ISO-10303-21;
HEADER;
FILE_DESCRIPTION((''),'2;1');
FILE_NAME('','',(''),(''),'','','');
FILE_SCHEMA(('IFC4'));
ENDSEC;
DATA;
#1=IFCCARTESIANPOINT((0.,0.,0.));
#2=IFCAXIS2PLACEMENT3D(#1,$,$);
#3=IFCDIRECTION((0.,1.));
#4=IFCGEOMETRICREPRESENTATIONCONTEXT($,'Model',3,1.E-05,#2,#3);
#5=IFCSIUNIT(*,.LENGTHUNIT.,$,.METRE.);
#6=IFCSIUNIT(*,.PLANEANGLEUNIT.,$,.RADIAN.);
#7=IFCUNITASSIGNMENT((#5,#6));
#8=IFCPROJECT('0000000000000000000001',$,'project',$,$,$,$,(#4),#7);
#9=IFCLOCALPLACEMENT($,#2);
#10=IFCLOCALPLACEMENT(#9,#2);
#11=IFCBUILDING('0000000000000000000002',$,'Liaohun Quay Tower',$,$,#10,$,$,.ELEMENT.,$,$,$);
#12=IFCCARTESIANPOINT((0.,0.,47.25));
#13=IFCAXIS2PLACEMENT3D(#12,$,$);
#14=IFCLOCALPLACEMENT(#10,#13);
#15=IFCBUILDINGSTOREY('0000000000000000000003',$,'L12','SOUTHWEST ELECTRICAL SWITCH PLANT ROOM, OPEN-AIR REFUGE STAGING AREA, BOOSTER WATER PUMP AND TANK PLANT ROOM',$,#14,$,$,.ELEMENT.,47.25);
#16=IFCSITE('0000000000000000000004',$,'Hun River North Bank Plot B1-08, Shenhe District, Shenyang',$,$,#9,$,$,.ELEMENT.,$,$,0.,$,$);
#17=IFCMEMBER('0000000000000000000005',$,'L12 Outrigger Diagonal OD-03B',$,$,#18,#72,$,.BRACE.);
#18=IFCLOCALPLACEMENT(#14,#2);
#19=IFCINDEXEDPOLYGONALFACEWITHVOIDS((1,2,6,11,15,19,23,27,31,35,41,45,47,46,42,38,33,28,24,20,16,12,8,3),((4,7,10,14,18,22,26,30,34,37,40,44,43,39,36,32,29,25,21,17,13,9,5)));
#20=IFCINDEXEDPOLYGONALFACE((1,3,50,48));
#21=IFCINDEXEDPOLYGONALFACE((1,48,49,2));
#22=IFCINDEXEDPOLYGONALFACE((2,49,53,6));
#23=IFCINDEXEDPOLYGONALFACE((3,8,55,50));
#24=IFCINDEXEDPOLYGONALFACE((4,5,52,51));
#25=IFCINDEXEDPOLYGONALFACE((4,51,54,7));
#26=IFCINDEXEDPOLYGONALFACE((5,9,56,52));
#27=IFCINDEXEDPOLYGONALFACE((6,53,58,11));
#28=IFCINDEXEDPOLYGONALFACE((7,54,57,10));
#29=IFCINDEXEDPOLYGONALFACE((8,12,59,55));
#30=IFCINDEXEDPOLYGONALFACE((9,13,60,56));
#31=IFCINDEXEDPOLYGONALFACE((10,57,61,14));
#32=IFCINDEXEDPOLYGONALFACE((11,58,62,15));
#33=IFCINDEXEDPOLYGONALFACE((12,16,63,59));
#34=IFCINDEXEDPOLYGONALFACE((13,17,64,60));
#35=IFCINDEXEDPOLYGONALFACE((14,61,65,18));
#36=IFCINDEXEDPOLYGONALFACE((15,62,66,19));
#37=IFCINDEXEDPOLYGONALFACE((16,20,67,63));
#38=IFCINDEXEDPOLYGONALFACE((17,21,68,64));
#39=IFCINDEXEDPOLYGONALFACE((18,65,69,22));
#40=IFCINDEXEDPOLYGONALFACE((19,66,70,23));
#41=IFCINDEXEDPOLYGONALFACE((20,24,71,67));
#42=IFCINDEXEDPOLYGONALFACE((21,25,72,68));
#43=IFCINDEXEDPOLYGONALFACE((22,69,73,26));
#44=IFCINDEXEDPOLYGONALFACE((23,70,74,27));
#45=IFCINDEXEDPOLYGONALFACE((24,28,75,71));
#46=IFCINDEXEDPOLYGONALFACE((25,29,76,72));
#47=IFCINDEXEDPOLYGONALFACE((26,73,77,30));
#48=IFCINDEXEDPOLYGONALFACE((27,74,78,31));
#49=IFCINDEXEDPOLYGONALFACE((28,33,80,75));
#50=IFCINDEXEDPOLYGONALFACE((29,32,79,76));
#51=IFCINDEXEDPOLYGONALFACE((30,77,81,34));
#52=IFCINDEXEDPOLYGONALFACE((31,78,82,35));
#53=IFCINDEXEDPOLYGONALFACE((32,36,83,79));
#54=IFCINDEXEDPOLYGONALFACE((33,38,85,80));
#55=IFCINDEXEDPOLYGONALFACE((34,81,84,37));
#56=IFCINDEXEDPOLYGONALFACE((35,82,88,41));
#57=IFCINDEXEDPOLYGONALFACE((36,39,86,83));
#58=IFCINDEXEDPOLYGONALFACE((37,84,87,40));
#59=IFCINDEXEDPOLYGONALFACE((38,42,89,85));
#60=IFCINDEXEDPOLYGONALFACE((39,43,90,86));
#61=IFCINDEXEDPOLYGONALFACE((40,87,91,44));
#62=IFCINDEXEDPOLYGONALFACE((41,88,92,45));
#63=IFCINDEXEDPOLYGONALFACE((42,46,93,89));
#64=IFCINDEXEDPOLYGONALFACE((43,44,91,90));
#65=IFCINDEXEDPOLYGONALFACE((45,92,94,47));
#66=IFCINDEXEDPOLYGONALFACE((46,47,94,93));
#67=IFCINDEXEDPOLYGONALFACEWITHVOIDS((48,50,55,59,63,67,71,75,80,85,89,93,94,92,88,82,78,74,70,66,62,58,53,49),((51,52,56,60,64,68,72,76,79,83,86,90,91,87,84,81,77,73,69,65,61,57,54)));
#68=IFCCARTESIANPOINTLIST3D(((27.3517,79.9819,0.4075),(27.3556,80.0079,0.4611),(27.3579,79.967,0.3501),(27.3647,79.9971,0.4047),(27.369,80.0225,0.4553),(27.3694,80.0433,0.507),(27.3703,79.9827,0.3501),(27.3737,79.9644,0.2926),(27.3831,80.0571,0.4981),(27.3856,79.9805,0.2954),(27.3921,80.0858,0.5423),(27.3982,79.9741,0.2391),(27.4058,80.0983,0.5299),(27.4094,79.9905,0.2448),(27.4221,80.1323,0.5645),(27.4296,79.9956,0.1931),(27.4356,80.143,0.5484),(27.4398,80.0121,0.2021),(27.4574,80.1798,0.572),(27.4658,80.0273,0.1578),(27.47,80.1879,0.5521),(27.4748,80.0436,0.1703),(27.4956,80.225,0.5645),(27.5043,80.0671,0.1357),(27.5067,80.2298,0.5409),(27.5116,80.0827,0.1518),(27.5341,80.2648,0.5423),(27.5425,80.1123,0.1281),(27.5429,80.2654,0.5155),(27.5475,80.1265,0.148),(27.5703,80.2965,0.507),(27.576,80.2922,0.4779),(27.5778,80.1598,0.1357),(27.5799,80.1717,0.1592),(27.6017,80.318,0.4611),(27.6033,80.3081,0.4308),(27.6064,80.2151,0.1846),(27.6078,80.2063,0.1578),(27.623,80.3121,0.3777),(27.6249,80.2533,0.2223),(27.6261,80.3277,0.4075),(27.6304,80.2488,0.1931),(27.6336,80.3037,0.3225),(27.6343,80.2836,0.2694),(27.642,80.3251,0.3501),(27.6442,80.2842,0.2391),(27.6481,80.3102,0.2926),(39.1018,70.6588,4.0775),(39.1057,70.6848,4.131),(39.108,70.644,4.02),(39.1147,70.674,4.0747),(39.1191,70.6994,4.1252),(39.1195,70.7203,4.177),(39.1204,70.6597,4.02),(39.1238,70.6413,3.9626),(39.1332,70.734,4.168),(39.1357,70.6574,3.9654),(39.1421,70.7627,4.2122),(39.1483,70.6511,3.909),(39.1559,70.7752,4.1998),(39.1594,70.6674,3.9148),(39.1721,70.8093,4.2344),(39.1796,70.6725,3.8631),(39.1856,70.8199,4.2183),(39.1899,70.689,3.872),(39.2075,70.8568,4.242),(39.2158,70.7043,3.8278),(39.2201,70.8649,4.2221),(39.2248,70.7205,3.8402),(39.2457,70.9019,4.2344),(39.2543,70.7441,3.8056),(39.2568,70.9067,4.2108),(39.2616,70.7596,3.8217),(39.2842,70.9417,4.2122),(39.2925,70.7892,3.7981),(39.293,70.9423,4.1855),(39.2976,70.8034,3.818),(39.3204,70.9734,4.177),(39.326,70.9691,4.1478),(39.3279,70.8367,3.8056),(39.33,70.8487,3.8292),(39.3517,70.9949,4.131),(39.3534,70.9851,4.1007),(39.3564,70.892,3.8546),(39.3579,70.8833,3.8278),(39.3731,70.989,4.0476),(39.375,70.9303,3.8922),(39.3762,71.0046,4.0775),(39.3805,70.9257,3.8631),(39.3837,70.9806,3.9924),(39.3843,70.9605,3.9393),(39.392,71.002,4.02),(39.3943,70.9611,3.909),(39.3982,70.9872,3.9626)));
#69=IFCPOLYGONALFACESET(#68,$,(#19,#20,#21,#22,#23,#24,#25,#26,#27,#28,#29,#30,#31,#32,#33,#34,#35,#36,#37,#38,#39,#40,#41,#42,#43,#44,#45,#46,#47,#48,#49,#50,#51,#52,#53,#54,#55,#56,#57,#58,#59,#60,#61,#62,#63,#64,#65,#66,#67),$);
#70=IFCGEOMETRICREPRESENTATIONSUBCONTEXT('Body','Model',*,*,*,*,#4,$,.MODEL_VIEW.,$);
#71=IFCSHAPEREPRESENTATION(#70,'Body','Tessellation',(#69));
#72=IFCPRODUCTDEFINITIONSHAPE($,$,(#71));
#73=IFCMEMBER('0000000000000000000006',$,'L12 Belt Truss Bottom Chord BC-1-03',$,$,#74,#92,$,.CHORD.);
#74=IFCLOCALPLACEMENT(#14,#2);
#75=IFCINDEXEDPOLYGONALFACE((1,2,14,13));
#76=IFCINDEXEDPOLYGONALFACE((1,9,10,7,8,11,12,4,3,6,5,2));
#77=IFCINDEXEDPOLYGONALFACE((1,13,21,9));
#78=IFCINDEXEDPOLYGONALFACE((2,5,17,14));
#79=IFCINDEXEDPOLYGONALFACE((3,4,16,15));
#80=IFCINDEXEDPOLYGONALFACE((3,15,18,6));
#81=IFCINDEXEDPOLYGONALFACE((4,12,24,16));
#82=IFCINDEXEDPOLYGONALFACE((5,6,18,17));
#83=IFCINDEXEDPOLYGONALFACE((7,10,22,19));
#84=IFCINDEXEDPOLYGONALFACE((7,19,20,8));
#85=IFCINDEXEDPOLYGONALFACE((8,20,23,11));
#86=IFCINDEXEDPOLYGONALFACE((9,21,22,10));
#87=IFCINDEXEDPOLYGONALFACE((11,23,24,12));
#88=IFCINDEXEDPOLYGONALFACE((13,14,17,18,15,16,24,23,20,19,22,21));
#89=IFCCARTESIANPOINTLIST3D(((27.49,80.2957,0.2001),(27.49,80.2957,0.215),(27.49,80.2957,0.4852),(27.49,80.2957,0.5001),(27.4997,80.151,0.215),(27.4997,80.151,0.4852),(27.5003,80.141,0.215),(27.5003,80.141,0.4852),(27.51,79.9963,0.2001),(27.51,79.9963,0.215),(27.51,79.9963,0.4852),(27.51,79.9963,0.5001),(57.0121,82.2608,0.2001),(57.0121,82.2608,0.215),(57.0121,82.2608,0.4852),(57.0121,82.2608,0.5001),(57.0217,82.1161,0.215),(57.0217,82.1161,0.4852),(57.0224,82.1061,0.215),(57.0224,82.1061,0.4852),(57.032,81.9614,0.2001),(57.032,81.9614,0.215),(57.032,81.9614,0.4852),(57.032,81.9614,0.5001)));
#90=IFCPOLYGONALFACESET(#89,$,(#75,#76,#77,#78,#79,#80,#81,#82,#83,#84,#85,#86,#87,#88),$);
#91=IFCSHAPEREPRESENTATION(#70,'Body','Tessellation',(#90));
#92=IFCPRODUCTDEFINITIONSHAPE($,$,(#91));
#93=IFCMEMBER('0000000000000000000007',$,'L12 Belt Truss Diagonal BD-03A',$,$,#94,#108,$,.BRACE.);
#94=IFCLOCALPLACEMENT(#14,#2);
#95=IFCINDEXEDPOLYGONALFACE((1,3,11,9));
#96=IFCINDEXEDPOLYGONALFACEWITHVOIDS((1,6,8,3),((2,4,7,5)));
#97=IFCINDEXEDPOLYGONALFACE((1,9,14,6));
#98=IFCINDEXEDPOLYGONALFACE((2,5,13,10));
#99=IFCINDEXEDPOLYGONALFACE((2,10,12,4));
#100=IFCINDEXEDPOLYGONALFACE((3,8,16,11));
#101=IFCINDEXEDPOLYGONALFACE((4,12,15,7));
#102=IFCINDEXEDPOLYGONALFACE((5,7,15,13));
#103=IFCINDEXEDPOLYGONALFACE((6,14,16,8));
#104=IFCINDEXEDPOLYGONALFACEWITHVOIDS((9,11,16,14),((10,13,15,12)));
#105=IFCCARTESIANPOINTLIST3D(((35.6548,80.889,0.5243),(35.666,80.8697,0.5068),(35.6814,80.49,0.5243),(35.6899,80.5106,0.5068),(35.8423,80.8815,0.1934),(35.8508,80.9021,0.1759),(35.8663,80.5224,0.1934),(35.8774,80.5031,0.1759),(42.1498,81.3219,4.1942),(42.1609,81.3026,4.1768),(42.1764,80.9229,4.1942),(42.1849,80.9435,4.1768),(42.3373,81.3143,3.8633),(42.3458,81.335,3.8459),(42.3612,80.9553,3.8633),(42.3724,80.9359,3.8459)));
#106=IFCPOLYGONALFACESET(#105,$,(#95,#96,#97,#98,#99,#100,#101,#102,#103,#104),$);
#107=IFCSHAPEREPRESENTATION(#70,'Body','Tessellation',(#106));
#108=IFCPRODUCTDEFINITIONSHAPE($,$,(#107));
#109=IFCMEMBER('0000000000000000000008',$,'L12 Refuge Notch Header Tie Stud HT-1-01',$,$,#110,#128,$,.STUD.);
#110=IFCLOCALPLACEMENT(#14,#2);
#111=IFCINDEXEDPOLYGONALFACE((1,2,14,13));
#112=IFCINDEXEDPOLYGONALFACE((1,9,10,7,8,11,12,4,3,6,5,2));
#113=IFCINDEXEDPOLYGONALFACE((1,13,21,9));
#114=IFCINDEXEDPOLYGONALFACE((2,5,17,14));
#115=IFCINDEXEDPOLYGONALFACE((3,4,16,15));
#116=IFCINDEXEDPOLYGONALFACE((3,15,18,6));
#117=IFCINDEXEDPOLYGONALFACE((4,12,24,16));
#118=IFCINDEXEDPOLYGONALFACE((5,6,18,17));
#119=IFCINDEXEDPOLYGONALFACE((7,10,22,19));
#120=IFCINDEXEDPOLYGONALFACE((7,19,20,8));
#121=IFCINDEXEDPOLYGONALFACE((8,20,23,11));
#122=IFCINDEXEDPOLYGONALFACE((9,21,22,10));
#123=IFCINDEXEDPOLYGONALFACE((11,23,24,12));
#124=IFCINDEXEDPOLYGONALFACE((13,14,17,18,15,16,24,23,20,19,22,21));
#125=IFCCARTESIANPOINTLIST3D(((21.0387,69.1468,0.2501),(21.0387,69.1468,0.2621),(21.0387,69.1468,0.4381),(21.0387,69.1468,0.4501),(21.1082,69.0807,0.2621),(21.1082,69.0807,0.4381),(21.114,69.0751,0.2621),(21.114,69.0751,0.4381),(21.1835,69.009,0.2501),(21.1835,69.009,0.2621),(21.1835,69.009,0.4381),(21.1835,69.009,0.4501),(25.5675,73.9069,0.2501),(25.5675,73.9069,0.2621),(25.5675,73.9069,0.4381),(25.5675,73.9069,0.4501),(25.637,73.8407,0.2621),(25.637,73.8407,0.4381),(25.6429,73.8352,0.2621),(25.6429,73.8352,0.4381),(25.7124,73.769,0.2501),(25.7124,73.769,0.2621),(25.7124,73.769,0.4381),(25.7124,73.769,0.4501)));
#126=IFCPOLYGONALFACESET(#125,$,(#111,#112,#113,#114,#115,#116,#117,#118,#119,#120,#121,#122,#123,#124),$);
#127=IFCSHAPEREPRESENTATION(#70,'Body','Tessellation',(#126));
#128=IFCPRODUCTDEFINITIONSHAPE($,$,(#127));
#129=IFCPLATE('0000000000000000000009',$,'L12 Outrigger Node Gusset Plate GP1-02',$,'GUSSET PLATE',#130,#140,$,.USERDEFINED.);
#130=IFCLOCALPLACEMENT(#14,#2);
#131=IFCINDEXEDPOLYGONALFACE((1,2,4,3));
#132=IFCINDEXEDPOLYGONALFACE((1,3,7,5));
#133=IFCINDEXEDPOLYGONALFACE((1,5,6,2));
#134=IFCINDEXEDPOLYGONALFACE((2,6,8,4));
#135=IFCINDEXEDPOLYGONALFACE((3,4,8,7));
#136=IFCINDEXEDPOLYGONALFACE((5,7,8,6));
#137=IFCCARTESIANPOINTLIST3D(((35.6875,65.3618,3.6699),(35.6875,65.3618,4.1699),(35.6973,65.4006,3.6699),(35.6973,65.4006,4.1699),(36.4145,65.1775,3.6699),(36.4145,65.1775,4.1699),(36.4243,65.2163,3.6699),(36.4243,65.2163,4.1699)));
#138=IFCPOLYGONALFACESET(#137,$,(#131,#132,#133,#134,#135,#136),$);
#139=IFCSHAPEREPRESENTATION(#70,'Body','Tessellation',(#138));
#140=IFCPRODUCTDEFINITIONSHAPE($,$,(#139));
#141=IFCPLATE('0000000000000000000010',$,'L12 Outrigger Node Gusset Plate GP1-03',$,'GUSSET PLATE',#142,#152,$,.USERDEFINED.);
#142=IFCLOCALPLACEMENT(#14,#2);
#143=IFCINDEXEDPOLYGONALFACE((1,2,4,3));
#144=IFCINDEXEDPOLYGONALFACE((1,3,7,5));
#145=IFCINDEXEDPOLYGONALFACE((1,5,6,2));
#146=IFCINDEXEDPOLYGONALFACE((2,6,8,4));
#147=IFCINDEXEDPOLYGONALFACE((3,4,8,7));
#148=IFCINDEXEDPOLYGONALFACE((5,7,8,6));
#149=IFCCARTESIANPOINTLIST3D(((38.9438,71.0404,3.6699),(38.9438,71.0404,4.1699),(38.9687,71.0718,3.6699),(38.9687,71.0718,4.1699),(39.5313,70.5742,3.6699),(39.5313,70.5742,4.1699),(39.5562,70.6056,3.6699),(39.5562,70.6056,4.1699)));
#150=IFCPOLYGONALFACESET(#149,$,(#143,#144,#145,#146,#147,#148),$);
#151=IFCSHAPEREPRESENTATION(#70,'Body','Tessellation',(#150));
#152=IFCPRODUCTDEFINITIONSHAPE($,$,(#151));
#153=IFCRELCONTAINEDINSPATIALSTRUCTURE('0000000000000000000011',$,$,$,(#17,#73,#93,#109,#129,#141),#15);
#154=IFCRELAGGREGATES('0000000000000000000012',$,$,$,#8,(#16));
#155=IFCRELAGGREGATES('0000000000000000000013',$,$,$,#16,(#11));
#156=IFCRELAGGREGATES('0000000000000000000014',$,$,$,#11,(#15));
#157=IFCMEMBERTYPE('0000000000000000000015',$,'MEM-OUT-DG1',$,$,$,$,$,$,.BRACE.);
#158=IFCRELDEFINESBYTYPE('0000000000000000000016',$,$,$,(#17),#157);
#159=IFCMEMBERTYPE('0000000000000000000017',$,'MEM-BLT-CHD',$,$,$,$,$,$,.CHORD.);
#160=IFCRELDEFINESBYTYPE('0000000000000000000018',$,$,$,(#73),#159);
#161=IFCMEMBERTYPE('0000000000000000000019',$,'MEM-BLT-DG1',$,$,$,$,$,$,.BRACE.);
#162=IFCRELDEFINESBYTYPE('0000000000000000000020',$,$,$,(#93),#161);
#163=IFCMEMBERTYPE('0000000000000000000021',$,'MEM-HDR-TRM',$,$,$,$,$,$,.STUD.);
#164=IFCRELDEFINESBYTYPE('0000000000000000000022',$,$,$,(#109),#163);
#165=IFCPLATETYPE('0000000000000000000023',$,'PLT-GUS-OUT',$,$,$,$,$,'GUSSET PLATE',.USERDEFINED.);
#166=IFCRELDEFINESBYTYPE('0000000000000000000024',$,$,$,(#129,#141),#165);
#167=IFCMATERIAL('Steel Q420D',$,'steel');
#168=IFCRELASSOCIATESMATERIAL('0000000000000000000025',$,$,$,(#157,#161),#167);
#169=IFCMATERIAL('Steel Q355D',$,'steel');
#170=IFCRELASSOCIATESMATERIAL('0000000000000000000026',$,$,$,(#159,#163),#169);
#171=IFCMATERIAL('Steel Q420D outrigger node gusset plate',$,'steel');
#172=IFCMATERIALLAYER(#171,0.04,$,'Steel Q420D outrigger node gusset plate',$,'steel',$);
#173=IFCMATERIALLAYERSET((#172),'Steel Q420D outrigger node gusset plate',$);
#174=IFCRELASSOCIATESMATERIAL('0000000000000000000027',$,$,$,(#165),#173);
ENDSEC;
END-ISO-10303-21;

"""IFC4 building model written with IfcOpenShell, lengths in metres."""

from ifc_helpers import new_model, si_unit, direction, frame, origin, origin_2d, place, context, subcontext, project, spatial, rectangle, hollow_rectangle, hollow_circle, i_section, extrude, source, transform, mapped, material, layer, layer_set, material_profile, profile_set, type_object, element, save


model = new_model("IFC4")

# Units and contexts
model_context = context("Model", 3, precision=1e-05, world=origin(), true_north=direction((0.0, 1.0)))
body_context = subcontext(model_context, "Body", "Model", "MODEL_VIEW")
ifc_project = project(units=[si_unit("LENGTHUNIT", "METRE"), si_unit("PLANEANGLEUNIT", "RADIAN")], contexts=[model_context])

# Site, building, storey
site_placement = place(None, origin())
site = spatial("IfcSite", under=ifc_project, at=site_placement, Name="Hun River North Bank Plot B1-08, Shenhe District, Shenyang", CompositionType="ELEMENT", RefElevation=0.0)
building_placement = place(site_placement, origin())
building = spatial("IfcBuilding", under=site, at=building_placement, Name="Liaohun Quay Tower", CompositionType="ELEMENT")
storey_placement = place(building_placement, frame((0.0, 0.0, 47.25)))
storey = spatial("IfcBuildingStorey", under=building, at=storey_placement, Name="L12", Description="SOUTHWEST ELECTRICAL SWITCH PLANT ROOM, OPEN-AIR REFUGE STAGING AREA, BOOSTER WATER PUMP AND TANK PLANT ROOM", CompositionType="ELEMENT", Elevation=47.25)

# Shared definitions
ifc_material_1 = material(Name="Steel Q355D", Category="steel")

# Members
ifc_material_2 = material(Name="Steel Q420D", Category="steel")
ifc_material_profile_1 = material_profile(ifc_material_2, hollow_circle(Radius=0.2285, WallThickness=0.02, at=origin_2d()), Name="CHS457x20")
ifc_profile_set_1 = profile_set([ifc_material_profile_1], Name="Steel Q420D")
member_type_1 = type_object("IfcMemberType", Name="MEM-OUT-DG1", PredefinedType="BRACE", material=ifc_profile_set_1)
shared_shape_1 = source(origin(), body_context, "Body", "SweptSolid", [
    extrude(hollow_circle(Radius=0.2285, WallThickness=0.02, at=origin_2d()), origin(), (0.0, 0.0, 1.0), 15.4419),
])
member_1_placement = place(storey_placement, frame((39.25, 70.823, 4.02), z_axis=(-0.760922, 0.603751, -0.237662), x_axis=(-0.62156, -0.783367, 0.0)))
element("IfcMember", 1, at=member_1_placement, inside=storey, type_object=member_type_1, Name="L12 Outrigger Diagonal OD-03B", PredefinedType="BRACE", context=body_context, shape_type="MappedRepresentation", body=[
    mapped(shared_shape_1, transform((0.0, 0.0, 0.0), x_axis=(1.0, 0.0, 0.0), y_axis=(0.0, 1.0, 0.0), z_axis=(0.0, 0.0, 1.0), scale=1.0)),
])
ifc_material_profile_2 = material_profile(ifc_material_1, i_section(OverallWidth=0.3, OverallDepth=0.3, WebThickness=0.01, FlangeThickness=0.0149, at=origin_2d()), Name="HW300x300x10x15")
ifc_profile_set_2 = profile_set([ifc_material_profile_2], Name="Steel Q355D")
member_type_2 = type_object("IfcMemberType", Name="MEM-BLT-CHD", PredefinedType="CHORD", material=ifc_profile_set_2)
shared_shape_2 = source(origin(), body_context, "Body", "SweptSolid", [
    extrude(i_section(OverallWidth=0.3, OverallDepth=0.3, WebThickness=0.01, FlangeThickness=0.0149, at=origin_2d()), origin(), (0.0, 0.0, 1.0), 29.5874),
])
member_2_placement = place(storey_placement, frame((27.5, 80.146, 0.3501), z_axis=(0.997792, 0.066417, 0.0), x_axis=(-0.066417, 0.997792, 0.0)))
element("IfcMember", 2, at=member_2_placement, inside=storey, type_object=member_type_2, Name="L12 Belt Truss Bottom Chord BC-1-03", PredefinedType="CHORD", context=body_context, shape_type="MappedRepresentation", body=[
    mapped(shared_shape_2, transform((0.0, 0.0, 0.0), x_axis=(1.0, 0.0, 0.0), y_axis=(0.0, 1.0, 0.0), z_axis=(0.0, 0.0, 1.0), scale=1.0)),
])
ifc_material_profile_3 = material_profile(ifc_material_2, hollow_rectangle(XDim=0.3999, YDim=0.3999, WallThickness=0.02, at=origin_2d()), Name="SHS400x400x20")
ifc_profile_set_3 = profile_set([ifc_material_profile_3], Name="Steel Q420D")
member_type_3 = type_object("IfcMemberType", Name="MEM-BLT-DG1", PredefinedType="BRACE", material=ifc_profile_set_3)
shared_shape_3 = source(origin(), body_context, "Body", "SweptSolid", [
    extrude(hollow_rectangle(XDim=0.3999, YDim=0.3999, WallThickness=0.02, at=origin_2d()), origin(), (0.0, 0.0, 1.0), 7.4727),
])
member_3_placement = place(storey_placement, frame((35.7661, 80.696, 0.3501), z_axis=(0.869164, 0.057927, 0.49112), x_axis=(-0.066499, 0.997786, 0.0)))
element("IfcMember", 3, at=member_3_placement, inside=storey, type_object=member_type_3, Name="L12 Belt Truss Diagonal BD-03A", PredefinedType="BRACE", context=body_context, shape_type="MappedRepresentation", body=[
    mapped(shared_shape_3, transform((0.0, 0.0, 0.0), x_axis=(1.0, 0.0, 0.0), y_axis=(0.0, 1.0, 0.0), z_axis=(0.0, 0.0, 1.0), scale=1.0)),
])
ifc_material_profile_4 = material_profile(ifc_material_1, i_section(OverallWidth=0.2, OverallDepth=0.2, WebThickness=0.0081, FlangeThickness=0.012, at=origin_2d()), Name="HW200x200x8x12")
ifc_profile_set_4 = profile_set([ifc_material_profile_4], Name="Steel Q355D")
member_type_4 = type_object("IfcMemberType", Name="MEM-HDR-TRM", PredefinedType="STUD", material=ifc_profile_set_4)
shared_shape_4 = source(origin(), body_context, "Body", "SweptSolid", [
    extrude(i_section(OverallWidth=0.2, OverallDepth=0.2, WebThickness=0.0081, FlangeThickness=0.012, at=origin_2d()), origin(), (0.0, 0.0, 1.0), 6.5703),
])
member_4_placement = place(storey_placement, frame((21.1111, 69.0779, 0.3501), z_axis=(0.689293, 0.724482, 0.0), x_axis=(-0.724482, 0.689293, 0.0)))
element("IfcMember", 4, at=member_4_placement, inside=storey, type_object=member_type_4, Name="L12 Refuge Notch Header Tie Stud HT-1-01", PredefinedType="STUD", context=body_context, shape_type="MappedRepresentation", body=[
    mapped(shared_shape_4, transform((0.0, 0.0, 0.0), x_axis=(1.0, 0.0, 0.0), y_axis=(0.0, 1.0, 0.0), z_axis=(0.0, 0.0, 1.0), scale=1.0)),
])

# Plates
ifc_material_3 = material(Name="Steel Q420D outrigger node gusset plate", Category="steel")
ifc_layer = layer(ifc_material_3, 0.04, Name="Steel Q420D outrigger node gusset plate", Category="steel")
ifc_layer_set = layer_set([ifc_layer], Name="Steel Q420D outrigger node gusset plate")
plate_type = type_object("IfcPlateType", Name="PLT-GUS-OUT", ElementType="GUSSET PLATE", PredefinedType="USERDEFINED", material=ifc_layer_set)
shared_shape_5 = source(origin(), body_context, "Body", "SweptSolid", [
    extrude(rectangle(XDim=0.75, YDim=0.04, at=origin_2d()), origin(), (0.0, 0.0, 1.0), 0.5),
])
for number, where, z_axis, x_axis, name in (
    (5, (36.0559, 65.2891, 3.6699), (0.0, 0.0, 1.0), (-0.969317, 0.245815, 0.0), "L12 Outrigger Node Gusset Plate GP1-02"),
    (6, (39.25, 70.823, 3.6699), (0.0, 0.0, 1.0), (-0.783368, 0.621558, 0.0), "L12 Outrigger Node Gusset Plate GP1-03"),
):
    element("IfcPlate", number, at=place(storey_placement, frame(where, z_axis=z_axis, x_axis=x_axis)), inside=storey, type_object=plate_type, Name=name, ObjectType="GUSSET PLATE", PredefinedType="USERDEFINED", context=body_context, shape_type="MappedRepresentation", body=[
        mapped(shared_shape_5, transform((0.0, 0.0, 0.0), x_axis=(1.0, 0.0, 0.0), y_axis=(0.0, 1.0, 0.0), z_axis=(0.0, 0.0, 1.0), scale=1.0)),
    ])

save(model, "model.ifc")
